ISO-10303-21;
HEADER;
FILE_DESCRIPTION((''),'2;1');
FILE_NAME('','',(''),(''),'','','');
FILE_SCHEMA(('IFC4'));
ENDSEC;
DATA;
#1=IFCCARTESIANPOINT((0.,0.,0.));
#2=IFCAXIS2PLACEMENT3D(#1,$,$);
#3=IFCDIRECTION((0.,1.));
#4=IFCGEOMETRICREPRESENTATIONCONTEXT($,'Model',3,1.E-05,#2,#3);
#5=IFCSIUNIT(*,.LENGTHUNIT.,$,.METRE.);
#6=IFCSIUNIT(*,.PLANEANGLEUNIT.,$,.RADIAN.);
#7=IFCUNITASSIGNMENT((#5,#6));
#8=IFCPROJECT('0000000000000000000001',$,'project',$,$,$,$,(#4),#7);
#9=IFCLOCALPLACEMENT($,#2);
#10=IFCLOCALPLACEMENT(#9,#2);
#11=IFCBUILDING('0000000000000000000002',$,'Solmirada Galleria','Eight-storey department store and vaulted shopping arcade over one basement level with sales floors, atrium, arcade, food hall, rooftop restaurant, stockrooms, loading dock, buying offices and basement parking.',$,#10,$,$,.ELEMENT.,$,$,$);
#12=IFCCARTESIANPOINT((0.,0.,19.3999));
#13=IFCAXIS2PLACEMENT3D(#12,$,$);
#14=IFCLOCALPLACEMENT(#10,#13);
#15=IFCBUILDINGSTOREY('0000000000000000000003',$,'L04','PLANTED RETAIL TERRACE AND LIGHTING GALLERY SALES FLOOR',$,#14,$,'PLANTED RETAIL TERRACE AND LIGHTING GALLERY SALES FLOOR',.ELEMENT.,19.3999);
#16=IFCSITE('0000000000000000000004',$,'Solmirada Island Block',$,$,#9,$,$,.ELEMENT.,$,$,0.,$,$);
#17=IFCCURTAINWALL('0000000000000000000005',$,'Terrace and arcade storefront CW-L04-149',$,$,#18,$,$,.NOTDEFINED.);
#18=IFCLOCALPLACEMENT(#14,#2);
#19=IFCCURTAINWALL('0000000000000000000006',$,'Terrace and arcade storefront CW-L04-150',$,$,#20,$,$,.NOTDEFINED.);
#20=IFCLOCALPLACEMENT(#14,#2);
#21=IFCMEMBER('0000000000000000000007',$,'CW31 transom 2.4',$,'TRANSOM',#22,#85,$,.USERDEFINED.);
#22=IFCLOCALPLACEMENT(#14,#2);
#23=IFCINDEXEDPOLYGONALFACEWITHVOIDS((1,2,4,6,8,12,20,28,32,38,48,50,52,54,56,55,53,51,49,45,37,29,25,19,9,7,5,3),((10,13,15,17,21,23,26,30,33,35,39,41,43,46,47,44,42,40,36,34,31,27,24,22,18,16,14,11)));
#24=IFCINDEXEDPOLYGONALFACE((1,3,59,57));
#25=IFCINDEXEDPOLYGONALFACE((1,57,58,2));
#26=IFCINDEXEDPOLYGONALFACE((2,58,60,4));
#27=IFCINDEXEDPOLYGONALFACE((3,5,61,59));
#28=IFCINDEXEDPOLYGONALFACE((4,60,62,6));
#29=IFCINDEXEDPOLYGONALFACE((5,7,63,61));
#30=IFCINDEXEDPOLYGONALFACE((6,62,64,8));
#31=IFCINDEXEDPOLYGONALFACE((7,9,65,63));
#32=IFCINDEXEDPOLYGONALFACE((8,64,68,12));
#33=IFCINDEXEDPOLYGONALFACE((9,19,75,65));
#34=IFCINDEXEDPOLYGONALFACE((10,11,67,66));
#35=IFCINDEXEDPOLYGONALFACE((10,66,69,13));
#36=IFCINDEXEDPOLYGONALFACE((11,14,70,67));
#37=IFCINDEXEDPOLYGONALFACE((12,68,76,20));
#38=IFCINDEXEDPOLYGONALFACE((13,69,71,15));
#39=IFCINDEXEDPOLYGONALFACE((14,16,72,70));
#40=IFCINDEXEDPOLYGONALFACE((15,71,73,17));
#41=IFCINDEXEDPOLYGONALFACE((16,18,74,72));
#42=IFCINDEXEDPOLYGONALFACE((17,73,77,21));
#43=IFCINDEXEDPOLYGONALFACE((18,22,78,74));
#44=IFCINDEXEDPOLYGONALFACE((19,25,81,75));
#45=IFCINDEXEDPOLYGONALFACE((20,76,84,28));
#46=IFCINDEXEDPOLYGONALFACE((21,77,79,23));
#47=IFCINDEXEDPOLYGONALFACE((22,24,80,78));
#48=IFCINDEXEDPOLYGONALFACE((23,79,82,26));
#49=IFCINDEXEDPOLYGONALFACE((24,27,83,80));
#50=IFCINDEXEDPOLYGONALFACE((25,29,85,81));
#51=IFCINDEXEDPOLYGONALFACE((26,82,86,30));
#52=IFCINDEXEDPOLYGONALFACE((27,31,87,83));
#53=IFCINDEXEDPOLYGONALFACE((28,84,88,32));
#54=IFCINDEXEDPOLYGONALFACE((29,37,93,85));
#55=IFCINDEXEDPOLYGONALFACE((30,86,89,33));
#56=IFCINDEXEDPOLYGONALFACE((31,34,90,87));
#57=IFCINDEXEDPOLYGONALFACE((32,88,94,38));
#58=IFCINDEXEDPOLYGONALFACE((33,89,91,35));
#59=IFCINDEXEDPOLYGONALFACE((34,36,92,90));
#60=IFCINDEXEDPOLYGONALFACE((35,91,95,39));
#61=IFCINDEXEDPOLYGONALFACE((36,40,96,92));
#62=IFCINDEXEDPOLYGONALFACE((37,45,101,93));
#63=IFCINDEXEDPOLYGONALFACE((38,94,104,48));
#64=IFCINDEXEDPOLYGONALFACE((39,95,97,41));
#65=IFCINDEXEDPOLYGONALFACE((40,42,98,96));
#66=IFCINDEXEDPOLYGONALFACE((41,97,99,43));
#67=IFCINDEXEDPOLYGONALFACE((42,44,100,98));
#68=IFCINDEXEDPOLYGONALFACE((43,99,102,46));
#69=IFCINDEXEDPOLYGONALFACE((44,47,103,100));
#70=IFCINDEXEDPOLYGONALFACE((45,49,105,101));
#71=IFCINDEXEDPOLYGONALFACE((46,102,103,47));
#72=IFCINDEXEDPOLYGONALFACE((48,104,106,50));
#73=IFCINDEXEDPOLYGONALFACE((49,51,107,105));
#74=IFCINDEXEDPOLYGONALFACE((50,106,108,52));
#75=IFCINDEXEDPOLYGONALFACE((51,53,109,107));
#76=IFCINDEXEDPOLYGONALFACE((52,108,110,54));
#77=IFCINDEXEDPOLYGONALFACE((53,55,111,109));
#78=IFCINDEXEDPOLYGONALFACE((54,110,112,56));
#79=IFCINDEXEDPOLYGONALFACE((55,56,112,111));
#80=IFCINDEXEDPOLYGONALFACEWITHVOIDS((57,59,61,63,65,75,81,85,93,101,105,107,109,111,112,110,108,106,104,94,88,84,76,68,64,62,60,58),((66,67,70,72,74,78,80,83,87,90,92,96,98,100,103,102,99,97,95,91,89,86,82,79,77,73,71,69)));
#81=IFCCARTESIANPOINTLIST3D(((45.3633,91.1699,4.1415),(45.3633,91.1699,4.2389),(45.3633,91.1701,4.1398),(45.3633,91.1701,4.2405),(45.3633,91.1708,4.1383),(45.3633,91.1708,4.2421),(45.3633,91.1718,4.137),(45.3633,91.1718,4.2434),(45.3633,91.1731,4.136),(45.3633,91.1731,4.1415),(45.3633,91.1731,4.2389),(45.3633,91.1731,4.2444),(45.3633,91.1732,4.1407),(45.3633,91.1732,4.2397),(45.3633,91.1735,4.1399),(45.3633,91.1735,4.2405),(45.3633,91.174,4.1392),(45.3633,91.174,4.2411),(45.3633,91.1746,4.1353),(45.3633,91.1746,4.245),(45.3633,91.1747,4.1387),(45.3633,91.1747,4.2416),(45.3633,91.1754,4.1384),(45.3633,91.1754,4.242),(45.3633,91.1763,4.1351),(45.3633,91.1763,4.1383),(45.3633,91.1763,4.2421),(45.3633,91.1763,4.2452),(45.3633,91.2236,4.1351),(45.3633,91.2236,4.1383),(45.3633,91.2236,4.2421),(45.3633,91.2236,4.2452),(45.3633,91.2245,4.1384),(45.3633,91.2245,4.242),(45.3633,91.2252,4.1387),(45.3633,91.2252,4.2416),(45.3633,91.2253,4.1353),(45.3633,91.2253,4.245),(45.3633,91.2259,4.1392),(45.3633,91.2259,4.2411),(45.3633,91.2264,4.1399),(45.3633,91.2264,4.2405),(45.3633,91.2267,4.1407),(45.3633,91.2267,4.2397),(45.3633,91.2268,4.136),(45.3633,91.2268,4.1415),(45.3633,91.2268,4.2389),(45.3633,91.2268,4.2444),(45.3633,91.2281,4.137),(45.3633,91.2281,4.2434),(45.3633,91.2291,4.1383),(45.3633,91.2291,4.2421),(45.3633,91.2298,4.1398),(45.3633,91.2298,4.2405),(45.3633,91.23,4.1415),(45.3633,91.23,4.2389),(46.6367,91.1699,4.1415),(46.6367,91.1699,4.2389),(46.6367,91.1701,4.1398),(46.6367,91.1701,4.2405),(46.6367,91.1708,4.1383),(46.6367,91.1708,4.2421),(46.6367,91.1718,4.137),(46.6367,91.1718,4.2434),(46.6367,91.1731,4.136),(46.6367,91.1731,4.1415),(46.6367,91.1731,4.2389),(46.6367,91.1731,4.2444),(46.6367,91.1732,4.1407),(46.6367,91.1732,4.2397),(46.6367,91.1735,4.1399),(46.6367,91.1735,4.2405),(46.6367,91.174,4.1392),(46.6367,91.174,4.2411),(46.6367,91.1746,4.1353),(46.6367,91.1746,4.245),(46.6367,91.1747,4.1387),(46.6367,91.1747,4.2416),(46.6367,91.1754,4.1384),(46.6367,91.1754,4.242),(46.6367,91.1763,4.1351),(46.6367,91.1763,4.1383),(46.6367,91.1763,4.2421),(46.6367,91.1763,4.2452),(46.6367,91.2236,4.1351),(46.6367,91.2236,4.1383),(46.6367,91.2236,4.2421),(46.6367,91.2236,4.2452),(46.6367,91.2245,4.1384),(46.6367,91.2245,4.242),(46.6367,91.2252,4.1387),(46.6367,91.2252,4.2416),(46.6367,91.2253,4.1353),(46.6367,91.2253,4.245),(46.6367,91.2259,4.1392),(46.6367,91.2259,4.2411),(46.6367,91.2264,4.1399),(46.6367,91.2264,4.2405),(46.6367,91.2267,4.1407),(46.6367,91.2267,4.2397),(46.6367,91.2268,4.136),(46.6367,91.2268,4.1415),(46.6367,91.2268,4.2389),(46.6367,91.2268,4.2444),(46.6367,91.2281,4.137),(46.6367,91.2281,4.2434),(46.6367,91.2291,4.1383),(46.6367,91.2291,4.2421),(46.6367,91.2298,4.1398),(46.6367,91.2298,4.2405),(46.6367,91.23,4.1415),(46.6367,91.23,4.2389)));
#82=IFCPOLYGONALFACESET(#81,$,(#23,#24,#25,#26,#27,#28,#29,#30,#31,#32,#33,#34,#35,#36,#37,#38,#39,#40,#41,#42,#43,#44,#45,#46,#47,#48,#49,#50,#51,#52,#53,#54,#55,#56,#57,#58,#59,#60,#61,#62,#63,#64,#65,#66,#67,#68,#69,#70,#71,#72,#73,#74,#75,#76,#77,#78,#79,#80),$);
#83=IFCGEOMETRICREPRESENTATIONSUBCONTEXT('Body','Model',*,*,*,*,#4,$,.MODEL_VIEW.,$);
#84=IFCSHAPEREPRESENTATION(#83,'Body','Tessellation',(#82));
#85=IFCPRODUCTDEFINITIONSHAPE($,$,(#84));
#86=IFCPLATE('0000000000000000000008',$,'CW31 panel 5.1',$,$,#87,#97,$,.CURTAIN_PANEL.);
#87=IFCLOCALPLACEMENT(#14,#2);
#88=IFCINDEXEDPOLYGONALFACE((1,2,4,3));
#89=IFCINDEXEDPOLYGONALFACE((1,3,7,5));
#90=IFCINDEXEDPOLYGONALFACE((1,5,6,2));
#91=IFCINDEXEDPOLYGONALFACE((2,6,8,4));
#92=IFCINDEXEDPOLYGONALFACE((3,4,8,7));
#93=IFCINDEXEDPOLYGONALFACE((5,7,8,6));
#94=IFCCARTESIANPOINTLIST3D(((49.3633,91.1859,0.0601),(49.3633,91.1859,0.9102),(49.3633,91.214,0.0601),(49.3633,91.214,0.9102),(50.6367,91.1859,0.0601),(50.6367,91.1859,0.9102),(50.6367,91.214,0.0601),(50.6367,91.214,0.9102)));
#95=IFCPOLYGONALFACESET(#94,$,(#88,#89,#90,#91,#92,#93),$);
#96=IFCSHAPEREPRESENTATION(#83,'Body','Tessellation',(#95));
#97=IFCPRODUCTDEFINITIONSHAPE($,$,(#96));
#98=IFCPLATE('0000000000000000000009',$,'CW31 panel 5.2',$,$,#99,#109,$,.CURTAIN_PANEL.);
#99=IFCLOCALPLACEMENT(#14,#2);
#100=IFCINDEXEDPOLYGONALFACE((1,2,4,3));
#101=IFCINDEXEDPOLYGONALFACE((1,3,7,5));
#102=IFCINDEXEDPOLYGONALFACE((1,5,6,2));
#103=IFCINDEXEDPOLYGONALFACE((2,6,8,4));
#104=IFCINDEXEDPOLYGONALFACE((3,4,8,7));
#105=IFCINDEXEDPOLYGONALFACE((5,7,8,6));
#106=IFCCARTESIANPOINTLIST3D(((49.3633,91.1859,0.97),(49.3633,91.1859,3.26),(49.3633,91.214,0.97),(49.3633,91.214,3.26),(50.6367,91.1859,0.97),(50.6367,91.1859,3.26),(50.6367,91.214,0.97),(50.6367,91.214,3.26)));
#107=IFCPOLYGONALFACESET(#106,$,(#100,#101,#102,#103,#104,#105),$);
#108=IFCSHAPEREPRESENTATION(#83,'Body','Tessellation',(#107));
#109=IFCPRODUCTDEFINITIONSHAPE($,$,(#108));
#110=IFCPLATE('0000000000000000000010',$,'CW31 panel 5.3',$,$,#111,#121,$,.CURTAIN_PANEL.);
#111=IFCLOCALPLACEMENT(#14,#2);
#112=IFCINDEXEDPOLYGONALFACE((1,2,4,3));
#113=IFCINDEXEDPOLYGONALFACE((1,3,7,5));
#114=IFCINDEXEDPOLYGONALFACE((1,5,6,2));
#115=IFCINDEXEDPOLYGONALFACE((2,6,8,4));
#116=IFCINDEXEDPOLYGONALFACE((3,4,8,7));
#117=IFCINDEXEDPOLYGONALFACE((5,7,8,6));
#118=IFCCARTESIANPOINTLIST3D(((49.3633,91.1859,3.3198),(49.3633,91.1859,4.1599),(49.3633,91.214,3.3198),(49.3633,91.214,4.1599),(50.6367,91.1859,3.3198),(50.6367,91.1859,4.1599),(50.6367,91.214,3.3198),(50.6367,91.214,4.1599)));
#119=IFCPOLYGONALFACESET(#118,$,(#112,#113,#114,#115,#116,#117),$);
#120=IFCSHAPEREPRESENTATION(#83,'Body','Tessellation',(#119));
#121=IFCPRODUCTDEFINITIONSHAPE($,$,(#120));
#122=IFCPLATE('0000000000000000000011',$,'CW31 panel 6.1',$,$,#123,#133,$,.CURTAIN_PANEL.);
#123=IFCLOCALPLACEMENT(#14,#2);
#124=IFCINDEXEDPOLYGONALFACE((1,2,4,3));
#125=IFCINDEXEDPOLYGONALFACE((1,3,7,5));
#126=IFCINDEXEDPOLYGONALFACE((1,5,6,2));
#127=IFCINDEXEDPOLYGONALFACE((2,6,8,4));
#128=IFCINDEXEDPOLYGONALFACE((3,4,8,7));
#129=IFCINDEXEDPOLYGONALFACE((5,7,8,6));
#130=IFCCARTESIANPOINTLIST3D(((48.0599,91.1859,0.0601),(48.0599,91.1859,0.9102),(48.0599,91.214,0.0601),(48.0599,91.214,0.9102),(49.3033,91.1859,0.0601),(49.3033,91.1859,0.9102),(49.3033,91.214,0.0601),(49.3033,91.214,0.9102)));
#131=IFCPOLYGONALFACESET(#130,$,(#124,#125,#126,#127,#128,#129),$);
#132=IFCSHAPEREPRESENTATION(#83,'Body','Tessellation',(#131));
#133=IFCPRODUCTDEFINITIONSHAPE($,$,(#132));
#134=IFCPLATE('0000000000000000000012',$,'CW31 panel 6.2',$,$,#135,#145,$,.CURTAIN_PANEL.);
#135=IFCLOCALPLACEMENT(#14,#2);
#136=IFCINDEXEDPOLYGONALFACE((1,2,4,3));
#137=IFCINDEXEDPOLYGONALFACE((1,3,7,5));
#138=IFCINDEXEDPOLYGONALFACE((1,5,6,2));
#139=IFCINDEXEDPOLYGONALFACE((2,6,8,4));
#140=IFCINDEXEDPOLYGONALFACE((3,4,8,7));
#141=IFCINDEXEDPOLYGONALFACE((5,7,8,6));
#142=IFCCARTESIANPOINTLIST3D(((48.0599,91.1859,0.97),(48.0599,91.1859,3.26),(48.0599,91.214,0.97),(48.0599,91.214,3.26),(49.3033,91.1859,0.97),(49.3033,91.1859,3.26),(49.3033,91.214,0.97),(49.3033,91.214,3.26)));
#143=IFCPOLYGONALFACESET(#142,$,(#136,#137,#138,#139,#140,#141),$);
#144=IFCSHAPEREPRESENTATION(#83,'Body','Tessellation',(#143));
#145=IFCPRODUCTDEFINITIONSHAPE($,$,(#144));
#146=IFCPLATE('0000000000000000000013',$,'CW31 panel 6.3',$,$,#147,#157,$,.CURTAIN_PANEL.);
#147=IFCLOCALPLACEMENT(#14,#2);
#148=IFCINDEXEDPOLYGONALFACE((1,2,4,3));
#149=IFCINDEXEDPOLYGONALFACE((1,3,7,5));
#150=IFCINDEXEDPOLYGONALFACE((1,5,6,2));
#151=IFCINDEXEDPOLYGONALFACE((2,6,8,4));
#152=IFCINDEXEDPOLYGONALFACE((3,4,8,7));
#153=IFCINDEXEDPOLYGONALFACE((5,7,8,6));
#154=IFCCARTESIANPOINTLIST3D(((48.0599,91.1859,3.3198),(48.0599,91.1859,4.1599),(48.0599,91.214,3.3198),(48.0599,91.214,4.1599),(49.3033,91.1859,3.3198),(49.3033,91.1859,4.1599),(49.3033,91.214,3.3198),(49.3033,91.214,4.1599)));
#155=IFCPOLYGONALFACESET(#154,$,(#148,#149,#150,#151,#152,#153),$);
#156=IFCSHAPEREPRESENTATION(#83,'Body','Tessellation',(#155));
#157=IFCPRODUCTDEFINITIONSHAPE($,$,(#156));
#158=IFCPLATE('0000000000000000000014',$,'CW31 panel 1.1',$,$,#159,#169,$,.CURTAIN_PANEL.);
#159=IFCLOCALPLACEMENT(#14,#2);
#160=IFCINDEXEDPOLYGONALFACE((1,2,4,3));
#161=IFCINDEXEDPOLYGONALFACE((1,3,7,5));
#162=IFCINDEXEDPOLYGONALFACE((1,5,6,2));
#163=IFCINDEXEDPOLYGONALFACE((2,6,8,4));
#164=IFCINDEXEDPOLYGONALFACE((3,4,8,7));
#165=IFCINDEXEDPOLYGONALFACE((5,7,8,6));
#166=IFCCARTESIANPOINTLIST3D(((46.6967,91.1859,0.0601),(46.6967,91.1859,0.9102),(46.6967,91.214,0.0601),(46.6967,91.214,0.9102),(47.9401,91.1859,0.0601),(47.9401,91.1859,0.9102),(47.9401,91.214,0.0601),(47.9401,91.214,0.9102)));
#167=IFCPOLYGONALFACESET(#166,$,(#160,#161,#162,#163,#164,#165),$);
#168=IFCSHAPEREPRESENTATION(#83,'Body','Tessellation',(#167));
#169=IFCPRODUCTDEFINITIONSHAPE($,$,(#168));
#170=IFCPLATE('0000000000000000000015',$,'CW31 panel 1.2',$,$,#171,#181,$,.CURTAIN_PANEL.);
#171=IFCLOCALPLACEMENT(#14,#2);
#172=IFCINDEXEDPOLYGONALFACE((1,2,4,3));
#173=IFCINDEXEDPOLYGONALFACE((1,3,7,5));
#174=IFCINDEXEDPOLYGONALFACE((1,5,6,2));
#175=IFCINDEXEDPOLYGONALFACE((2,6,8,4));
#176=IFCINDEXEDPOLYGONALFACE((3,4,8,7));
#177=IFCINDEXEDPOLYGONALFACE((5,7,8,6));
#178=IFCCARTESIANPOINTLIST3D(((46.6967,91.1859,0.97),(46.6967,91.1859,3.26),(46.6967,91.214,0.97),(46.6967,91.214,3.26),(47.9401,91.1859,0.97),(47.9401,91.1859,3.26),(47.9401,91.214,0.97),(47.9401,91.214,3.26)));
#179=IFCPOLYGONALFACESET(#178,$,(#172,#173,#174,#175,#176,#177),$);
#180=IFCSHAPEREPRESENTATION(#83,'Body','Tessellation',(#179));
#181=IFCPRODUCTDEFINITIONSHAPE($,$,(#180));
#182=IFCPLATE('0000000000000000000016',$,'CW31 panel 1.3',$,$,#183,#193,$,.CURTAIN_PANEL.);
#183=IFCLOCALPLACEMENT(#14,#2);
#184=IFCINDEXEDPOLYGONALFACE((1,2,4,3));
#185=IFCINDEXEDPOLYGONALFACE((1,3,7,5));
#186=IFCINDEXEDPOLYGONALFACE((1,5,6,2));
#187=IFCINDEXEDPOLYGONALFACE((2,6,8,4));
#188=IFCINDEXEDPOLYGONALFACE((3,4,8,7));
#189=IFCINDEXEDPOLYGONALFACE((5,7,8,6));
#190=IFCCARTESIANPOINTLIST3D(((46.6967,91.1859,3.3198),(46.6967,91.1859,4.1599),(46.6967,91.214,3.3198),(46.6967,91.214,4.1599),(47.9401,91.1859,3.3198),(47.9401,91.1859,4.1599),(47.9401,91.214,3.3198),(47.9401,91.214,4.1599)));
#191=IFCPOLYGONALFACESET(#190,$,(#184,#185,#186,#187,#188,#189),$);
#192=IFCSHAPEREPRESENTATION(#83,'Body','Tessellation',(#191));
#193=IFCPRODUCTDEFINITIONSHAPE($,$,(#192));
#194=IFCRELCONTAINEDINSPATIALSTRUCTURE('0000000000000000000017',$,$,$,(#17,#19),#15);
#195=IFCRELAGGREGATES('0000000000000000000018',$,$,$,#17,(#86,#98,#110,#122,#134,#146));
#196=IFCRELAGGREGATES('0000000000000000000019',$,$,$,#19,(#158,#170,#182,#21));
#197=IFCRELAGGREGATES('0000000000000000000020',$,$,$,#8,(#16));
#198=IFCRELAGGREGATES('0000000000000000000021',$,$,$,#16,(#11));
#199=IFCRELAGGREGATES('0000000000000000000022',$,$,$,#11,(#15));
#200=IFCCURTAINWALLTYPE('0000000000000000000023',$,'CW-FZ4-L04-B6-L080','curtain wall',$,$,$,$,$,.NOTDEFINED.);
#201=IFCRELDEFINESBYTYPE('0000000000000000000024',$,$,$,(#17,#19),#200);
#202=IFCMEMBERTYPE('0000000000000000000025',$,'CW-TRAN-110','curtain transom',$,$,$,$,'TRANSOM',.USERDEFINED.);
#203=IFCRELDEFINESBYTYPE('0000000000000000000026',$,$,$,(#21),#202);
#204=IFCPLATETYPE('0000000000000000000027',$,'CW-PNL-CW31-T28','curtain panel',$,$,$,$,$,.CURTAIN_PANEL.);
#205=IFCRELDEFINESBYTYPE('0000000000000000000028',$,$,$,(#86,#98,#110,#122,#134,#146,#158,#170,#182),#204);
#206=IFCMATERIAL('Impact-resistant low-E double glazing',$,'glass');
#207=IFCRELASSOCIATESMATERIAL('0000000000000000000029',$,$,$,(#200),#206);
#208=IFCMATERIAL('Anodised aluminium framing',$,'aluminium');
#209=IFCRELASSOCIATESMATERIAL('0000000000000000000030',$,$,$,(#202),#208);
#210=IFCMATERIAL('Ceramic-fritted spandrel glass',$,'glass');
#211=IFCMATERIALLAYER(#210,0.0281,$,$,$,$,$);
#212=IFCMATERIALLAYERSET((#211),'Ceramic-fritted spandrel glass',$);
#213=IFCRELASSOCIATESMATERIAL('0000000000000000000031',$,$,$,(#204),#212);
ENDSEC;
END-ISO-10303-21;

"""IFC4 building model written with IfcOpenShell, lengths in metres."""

from ifc_helpers import new_model, si_unit, direction, frame, origin, origin_2d, place, context, subcontext, project, spatial, rectangle, hollow_rectangle, extrude, material, layer, layer_set, material_profile, profile_set, type_object, element, aggregate, save


model = new_model("IFC4")

# Units and contexts
model_context = context("Model", 3, precision=1e-05, world=origin(), true_north=direction((0.0, 1.0)))
body_context = subcontext(model_context, "Body", "Model", "MODEL_VIEW")
ifc_project = project(units=[si_unit("LENGTHUNIT", "METRE"), si_unit("PLANEANGLEUNIT", "RADIAN")], contexts=[model_context])

# Site, building, storey
site_placement = place(None, origin())
site = spatial("IfcSite", under=ifc_project, at=site_placement, Name="Solmirada Island Block", CompositionType="ELEMENT", RefElevation=0.0)
building_placement = place(site_placement, origin())
building = spatial("IfcBuilding", under=site, at=building_placement, Name="Solmirada Galleria", Description="Eight-storey department store and vaulted shopping arcade over one basement level with sales floors, atrium, arcade, food hall, rooftop restaurant, stockrooms, loading dock, buying offices and basement parking.", CompositionType="ELEMENT")
storey_placement = place(building_placement, frame((0.0, 0.0, 19.3999)))
storey = spatial("IfcBuildingStorey", under=building, at=storey_placement, Name="L04", Description="PLANTED RETAIL TERRACE AND LIGHTING GALLERY SALES FLOOR", LongName="PLANTED RETAIL TERRACE AND LIGHTING GALLERY SALES FLOOR", CompositionType="ELEMENT", Elevation=19.3999)

# Curtain walls
ifc_material_1 = material(Name="Impact-resistant low-E double glazing", Category="glass")
curtain_wall_type = type_object("IfcCurtainWallType", Name="CW-FZ4-L04-B6-L080", Description="curtain wall", PredefinedType="NOTDEFINED", material=ifc_material_1)
curtain_wall_1_placement = place(storey_placement, origin())
curtain_wall_1 = element("IfcCurtainWall", 1, at=curtain_wall_1_placement, inside=storey, type_object=curtain_wall_type, Name="Terrace and arcade storefront CW-L04-149", PredefinedType="NOTDEFINED")
ifc_material_2 = material(Name="Anodised aluminium framing", Category="aluminium")
curtain_wall_2_placement = place(storey_placement, origin())
curtain_wall_2 = element("IfcCurtainWall", 2, at=curtain_wall_2_placement, inside=storey, type_object=curtain_wall_type, Name="Terrace and arcade storefront CW-L04-150", PredefinedType="NOTDEFINED")

# Member
ifc_material_profile_1 = material_profile(ifc_material_2, hollow_rectangle(XDim=0.0601, YDim=0.1101, WallThickness=0.0032, InnerFilletRadius=0.0032, OuterFilletRadius=0.0063, at=origin_2d()), Name="ALU-TRAN-110X60")
ifc_profile_set_1 = profile_set([ifc_material_profile_1], Name="Anodised aluminium framing")
member_type_1 = type_object("IfcMemberType", Name="CW-TRAN-110", Description="curtain transom", ElementType="TRANSOM", PredefinedType="USERDEFINED", material=ifc_profile_set_1)
member_1_placement = place(storey_placement, frame((46.6367, 91.2, 4.1902), z_axis=(-1.0, 0.0, 0.0), x_axis=(0.0, -1.0, 0.0)))
member_1 = element("IfcMember", 3, at=member_1_placement, type_object=member_type_1, Name="CW31 transom 2.4", ObjectType="TRANSOM", PredefinedType="USERDEFINED", context=body_context, shape_type="SweptSolid", body=[
    extrude(hollow_rectangle(XDim=0.0601, YDim=0.1101, WallThickness=0.0032, InnerFilletRadius=0.0032, OuterFilletRadius=0.0063, at=origin_2d()), origin(), (0.0, 0.0, 1.0), 1.2734),
])

# Plates
ifc_material_3 = material(Name="Ceramic-fritted spandrel glass", Category="glass")
ifc_layer = layer(ifc_material_3, 0.0281)
ifc_layer_set = layer_set([ifc_layer], Name="Ceramic-fritted spandrel glass")
plate_type = type_object("IfcPlateType", Name="CW-PNL-CW31-T28", Description="curtain panel", PredefinedType="CURTAIN_PANEL", material=ifc_layer_set)
plate_1_placement = place(storey_placement, frame((50.0, 91.2, 0.0601), z_axis=(0.0, 0.0, 1.0), x_axis=(-1.0, 0.0, 0.0)))
plate_1 = element("IfcPlate", 4, at=plate_1_placement, type_object=plate_type, Name="CW31 panel 5.1", PredefinedType="CURTAIN_PANEL", context=body_context, shape_type="SweptSolid", body=[
    extrude(rectangle(XDim=1.2734, YDim=0.0281, at=origin_2d()), origin(), (0.0, 0.0, 1.0), 0.8501),
])
plate_2_placement = place(storey_placement, frame((50.0, 91.2, 0.97), z_axis=(0.0, 0.0, 1.0), x_axis=(-1.0, 0.0, 0.0)))
plate_2 = element("IfcPlate", 5, at=plate_2_placement, type_object=plate_type, Name="CW31 panel 5.2", PredefinedType="CURTAIN_PANEL", context=body_context, shape_type="SweptSolid", body=[
    extrude(rectangle(XDim=1.2734, YDim=0.0281, at=origin_2d()), origin(), (0.0, 0.0, 1.0), 2.29),
])
plate_3_placement = place(storey_placement, frame((50.0, 91.2, 3.3198), z_axis=(0.0, 0.0, 1.0), x_axis=(-1.0, 0.0, 0.0)))
plate_3 = element("IfcPlate", 6, at=plate_3_placement, type_object=plate_type, Name="CW31 panel 5.3", PredefinedType="CURTAIN_PANEL", context=body_context, shape_type="SweptSolid", body=[
    extrude(rectangle(XDim=1.2734, YDim=0.0281, at=origin_2d()), origin(), (0.0, 0.0, 1.0), 0.8401),
])
plate_4_placement = place(storey_placement, frame((48.6816, 91.2, 0.0601), z_axis=(0.0, 0.0, 1.0), x_axis=(-1.0, 0.0, 0.0)))
plate_4 = element("IfcPlate", 7, at=plate_4_placement, type_object=plate_type, Name="CW31 panel 6.1", PredefinedType="CURTAIN_PANEL", context=body_context, shape_type="SweptSolid", body=[
    extrude(rectangle(XDim=1.2434, YDim=0.0281, at=origin_2d()), origin(), (0.0, 0.0, 1.0), 0.8501),
])
plate_5_placement = place(storey_placement, frame((48.6816, 91.2, 0.97), z_axis=(0.0, 0.0, 1.0), x_axis=(-1.0, 0.0, 0.0)))
plate_5 = element("IfcPlate", 8, at=plate_5_placement, type_object=plate_type, Name="CW31 panel 6.2", PredefinedType="CURTAIN_PANEL", context=body_context, shape_type="SweptSolid", body=[
    extrude(rectangle(XDim=1.2434, YDim=0.0281, at=origin_2d()), origin(), (0.0, 0.0, 1.0), 2.29),
])
plate_6_placement = place(storey_placement, frame((48.6816, 91.2, 3.3198), z_axis=(0.0, 0.0, 1.0), x_axis=(-1.0, 0.0, 0.0)))
plate_6 = element("IfcPlate", 9, at=plate_6_placement, type_object=plate_type, Name="CW31 panel 6.3", PredefinedType="CURTAIN_PANEL", context=body_context, shape_type="SweptSolid", body=[
    extrude(rectangle(XDim=1.2434, YDim=0.0281, at=origin_2d()), origin(), (0.0, 0.0, 1.0), 0.8401),
])
aggregate(curtain_wall_1, [plate_1, plate_2, plate_3, plate_4, plate_5, plate_6])
plate_7_placement = place(storey_placement, frame((47.3184, 91.2, 0.0601), z_axis=(0.0, 0.0, 1.0), x_axis=(-1.0, 0.0, 0.0)))
plate_7 = element("IfcPlate", 10, at=plate_7_placement, type_object=plate_type, Name="CW31 panel 1.1", PredefinedType="CURTAIN_PANEL", context=body_context, shape_type="SweptSolid", body=[
    extrude(rectangle(XDim=1.2434, YDim=0.0281, at=origin_2d()), origin(), (0.0, 0.0, 1.0), 0.8501),
])
plate_8_placement = place(storey_placement, frame((47.3184, 91.2, 0.97), z_axis=(0.0, 0.0, 1.0), x_axis=(-1.0, 0.0, 0.0)))
plate_8 = element("IfcPlate", 11, at=plate_8_placement, type_object=plate_type, Name="CW31 panel 1.2", PredefinedType="CURTAIN_PANEL", context=body_context, shape_type="SweptSolid", body=[
    extrude(rectangle(XDim=1.2434, YDim=0.0281, at=origin_2d()), origin(), (0.0, 0.0, 1.0), 2.29),
])
plate_9_placement = place(storey_placement, frame((47.3184, 91.2, 3.3198), z_axis=(0.0, 0.0, 1.0), x_axis=(-1.0, 0.0, 0.0)))
plate_9 = element("IfcPlate", 12, at=plate_9_placement, type_object=plate_type, Name="CW31 panel 1.3", PredefinedType="CURTAIN_PANEL", context=body_context, shape_type="SweptSolid", body=[
    extrude(rectangle(XDim=1.2434, YDim=0.0281, at=origin_2d()), origin(), (0.0, 0.0, 1.0), 0.8401),
])
aggregate(curtain_wall_2, [plate_7, plate_8, plate_9, member_1])

save(model, "model.ifc")
